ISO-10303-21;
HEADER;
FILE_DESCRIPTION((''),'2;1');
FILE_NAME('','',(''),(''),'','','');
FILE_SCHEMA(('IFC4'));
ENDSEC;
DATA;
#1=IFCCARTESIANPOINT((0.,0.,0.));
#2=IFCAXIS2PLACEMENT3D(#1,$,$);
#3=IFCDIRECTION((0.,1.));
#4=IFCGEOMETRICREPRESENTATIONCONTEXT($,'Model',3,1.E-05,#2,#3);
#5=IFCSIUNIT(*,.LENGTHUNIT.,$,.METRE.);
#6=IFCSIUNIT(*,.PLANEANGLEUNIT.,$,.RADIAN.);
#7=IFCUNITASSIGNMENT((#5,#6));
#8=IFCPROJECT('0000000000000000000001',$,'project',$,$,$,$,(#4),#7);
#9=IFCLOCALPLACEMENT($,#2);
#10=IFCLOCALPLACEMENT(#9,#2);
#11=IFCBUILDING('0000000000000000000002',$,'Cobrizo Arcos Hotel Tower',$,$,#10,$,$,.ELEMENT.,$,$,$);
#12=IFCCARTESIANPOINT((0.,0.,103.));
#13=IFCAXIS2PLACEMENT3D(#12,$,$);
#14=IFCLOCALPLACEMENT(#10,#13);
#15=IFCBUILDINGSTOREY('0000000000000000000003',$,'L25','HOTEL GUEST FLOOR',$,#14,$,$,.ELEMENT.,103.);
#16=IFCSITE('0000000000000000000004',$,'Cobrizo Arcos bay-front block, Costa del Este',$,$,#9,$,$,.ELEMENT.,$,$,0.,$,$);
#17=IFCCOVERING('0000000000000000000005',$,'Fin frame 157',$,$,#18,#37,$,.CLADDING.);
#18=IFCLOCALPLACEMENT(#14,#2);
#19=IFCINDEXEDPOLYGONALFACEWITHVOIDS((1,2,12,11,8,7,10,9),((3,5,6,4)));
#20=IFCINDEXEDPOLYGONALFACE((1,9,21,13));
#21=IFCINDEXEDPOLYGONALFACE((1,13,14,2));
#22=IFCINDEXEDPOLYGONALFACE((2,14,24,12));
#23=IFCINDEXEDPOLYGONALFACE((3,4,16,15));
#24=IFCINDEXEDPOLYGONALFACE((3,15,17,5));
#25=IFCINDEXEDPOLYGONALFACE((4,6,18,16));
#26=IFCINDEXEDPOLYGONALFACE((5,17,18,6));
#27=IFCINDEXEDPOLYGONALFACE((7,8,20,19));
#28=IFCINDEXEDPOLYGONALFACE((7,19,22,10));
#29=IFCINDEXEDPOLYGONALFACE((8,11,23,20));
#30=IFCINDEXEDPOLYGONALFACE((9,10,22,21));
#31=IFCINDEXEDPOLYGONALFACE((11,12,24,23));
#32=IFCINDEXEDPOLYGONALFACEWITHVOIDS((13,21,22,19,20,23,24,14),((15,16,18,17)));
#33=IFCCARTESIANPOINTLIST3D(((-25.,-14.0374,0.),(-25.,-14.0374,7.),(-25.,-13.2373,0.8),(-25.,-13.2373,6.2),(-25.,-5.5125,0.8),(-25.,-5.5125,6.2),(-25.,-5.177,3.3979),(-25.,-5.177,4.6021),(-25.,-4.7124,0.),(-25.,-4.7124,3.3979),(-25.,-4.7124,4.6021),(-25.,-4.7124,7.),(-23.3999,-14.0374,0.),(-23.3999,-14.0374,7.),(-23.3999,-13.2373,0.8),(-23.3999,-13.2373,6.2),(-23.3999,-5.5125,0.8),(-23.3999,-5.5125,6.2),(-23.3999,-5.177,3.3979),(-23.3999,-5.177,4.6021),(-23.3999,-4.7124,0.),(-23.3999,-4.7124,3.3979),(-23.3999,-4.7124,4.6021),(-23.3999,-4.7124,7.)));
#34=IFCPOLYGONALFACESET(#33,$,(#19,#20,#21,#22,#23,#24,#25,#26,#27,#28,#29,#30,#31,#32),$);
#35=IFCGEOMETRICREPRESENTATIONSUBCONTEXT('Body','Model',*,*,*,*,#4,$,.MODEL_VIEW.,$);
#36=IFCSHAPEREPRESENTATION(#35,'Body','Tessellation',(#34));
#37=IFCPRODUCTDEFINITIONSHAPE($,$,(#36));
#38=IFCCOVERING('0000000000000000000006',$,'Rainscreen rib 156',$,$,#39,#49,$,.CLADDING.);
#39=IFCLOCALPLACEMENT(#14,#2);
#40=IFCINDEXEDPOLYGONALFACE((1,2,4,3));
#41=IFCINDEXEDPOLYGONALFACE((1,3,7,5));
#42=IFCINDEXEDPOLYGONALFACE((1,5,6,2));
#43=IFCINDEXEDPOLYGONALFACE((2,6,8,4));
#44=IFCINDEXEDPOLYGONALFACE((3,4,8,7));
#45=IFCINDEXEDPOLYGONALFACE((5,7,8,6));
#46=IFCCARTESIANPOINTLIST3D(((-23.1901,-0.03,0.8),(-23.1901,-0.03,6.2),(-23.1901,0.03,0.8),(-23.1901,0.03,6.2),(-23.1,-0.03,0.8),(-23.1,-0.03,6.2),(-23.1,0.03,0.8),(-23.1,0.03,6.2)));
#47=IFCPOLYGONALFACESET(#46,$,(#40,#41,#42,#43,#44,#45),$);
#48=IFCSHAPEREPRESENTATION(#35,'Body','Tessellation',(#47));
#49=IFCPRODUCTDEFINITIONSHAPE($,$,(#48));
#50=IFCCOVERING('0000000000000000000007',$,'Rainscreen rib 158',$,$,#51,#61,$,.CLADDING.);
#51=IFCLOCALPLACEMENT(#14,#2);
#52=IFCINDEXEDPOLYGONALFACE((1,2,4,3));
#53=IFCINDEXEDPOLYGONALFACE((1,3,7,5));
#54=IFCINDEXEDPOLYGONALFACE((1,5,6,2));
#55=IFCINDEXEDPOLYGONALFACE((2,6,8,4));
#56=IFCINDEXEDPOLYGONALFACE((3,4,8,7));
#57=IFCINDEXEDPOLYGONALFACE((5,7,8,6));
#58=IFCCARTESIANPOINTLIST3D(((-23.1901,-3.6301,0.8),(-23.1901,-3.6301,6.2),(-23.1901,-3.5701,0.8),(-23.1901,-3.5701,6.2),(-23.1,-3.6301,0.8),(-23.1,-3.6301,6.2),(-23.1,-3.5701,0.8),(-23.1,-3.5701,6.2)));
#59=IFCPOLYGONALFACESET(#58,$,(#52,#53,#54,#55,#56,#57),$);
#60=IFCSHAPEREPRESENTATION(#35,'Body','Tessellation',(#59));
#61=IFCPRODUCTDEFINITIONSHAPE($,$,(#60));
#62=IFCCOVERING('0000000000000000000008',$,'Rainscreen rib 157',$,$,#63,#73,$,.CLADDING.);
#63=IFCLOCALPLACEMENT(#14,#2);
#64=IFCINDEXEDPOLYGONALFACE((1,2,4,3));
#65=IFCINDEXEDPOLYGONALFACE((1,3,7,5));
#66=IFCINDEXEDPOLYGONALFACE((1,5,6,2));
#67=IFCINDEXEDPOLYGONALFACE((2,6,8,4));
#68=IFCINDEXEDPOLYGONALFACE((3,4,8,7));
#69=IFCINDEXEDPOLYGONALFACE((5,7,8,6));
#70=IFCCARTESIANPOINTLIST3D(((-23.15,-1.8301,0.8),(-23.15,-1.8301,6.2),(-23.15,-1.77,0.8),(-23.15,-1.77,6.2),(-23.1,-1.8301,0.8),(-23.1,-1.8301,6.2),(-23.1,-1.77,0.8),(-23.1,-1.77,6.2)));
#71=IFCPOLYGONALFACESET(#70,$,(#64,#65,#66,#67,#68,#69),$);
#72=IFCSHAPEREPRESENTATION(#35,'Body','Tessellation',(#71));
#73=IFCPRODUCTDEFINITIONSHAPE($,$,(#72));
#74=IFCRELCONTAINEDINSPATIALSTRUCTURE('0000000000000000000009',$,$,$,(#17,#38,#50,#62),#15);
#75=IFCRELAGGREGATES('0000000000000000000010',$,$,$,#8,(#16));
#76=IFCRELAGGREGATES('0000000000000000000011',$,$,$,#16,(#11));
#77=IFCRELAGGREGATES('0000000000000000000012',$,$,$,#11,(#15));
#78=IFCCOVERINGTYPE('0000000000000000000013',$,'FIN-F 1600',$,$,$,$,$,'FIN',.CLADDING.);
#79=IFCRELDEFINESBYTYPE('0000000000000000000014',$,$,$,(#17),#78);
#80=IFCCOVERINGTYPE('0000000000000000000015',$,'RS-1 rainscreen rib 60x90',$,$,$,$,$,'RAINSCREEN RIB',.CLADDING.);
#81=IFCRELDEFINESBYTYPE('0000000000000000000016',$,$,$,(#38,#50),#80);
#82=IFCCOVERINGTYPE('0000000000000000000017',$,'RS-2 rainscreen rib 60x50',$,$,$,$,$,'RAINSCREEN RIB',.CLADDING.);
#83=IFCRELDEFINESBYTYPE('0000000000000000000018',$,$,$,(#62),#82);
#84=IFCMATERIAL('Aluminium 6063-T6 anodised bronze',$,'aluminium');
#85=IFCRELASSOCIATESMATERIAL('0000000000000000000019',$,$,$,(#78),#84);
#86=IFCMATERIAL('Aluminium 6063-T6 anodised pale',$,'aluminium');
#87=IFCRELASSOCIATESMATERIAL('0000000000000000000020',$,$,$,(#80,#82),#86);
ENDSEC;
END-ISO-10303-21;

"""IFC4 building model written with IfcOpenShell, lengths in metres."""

from ifc_helpers import new_model, si_unit, direction, frame, origin, origin_2d, place, context, subcontext, project, spatial, polyline, rectangle, outline, extrude, material, type_object, element, save


model = new_model("IFC4")

# Units and contexts
model_context = context("Model", 3, precision=1e-05, world=origin(), true_north=direction((0.0, 1.0)))
body_context = subcontext(model_context, "Body", "Model", "MODEL_VIEW")
ifc_project = project(units=[si_unit("LENGTHUNIT", "METRE"), si_unit("PLANEANGLEUNIT", "RADIAN")], contexts=[model_context])

# Site, building, storey
site_placement = place(None, origin())
site = spatial("IfcSite", under=ifc_project, at=site_placement, Name="Cobrizo Arcos bay-front block, Costa del Este", CompositionType="ELEMENT", RefElevation=0.0)
building_placement = place(site_placement, origin())
building = spatial("IfcBuilding", under=site, at=building_placement, Name="Cobrizo Arcos Hotel Tower", CompositionType="ELEMENT")
storey_placement = place(building_placement, frame((0.0, 0.0, 103.0)))
storey = spatial("IfcBuildingStorey", under=building, at=storey_placement, Name="L25", Description="HOTEL GUEST FLOOR", CompositionType="ELEMENT", Elevation=103.0)

# Shared definitions
ifc_material_1 = material(Name="Aluminium 6063-T6 anodised bronze", Category="aluminium")

# Coverings
covering_type_1 = type_object("IfcCoveringType", Name="FIN-F 1600", ElementType="FIN", PredefinedType="CLADDING", material=ifc_material_1)
covering_1_placement = place(storey_placement, frame((-23.3999, -4.7124, 0.0), z_axis=(-1.0, 0.0, 0.0), x_axis=(0.0, -1.0, 0.0)))
element("IfcCovering", 1, at=covering_1_placement, inside=storey, type_object=covering_type_1, Name="Fin frame 157", PredefinedType="CLADDING", context=body_context, shape_type="SweptSolid", body=[
    extrude(outline(polyline([(0.0, 7.0), (0.0, 4.6021), (0.4646, 4.6021), (0.4646, 3.3979), (0.0, 3.3979), (0.0, 0.0), (9.325, 0.0), (9.325, 7.0), (0.0, 7.0)]), holes=[polyline([(8.5249, 0.8), (0.8, 0.8), (0.8, 6.2), (8.5249, 6.2), (8.5249, 0.8)])]), origin(), (0.0, 0.0, 1.0), 1.6001),
])
ifc_material_2 = material(Name="Aluminium 6063-T6 anodised pale", Category="aluminium")
covering_type_2 = type_object("IfcCoveringType", Name="RS-1 rainscreen rib 60x90", ElementType="RAINSCREEN RIB", PredefinedType="CLADDING", material=ifc_material_2)
for number, where, z_axis, x_axis, name in (
    (2, (-23.145, 0.0, 0.8), (0.0, 0.0, 1.0), (0.0, -1.0, 0.0), "Rainscreen rib 156"),
    (3, (-23.145, -3.6001, 0.8), (0.0, 0.0, 1.0), (0.0, -1.0, 0.0), "Rainscreen rib 158"),
):
    element("IfcCovering", number, at=place(storey_placement, frame(where, z_axis=z_axis, x_axis=x_axis)), inside=storey, type_object=covering_type_2, Name=name, PredefinedType="CLADDING", context=body_context, shape_type="SweptSolid", body=[
        extrude(rectangle(XDim=0.0601, YDim=0.0901, at=origin_2d()), origin(), (0.0, 0.0, 1.0), 5.3999),
    ])
covering_type_3 = type_object("IfcCoveringType", Name="RS-2 rainscreen rib 60x50", ElementType="RAINSCREEN RIB", PredefinedType="CLADDING", material=ifc_material_2)
covering_2_placement = place(storey_placement, frame((-23.125, -1.8, 0.8), z_axis=(0.0, 0.0, 1.0), x_axis=(0.0, -1.0, 0.0)))
element("IfcCovering", 4, at=covering_2_placement, inside=storey, type_object=covering_type_3, Name="Rainscreen rib 157", PredefinedType="CLADDING", context=body_context, shape_type="SweptSolid", body=[
    extrude(rectangle(XDim=0.0601, YDim=0.05, at=origin_2d()), origin(), (0.0, 0.0, 1.0), 5.3999),
])

save(model, "model.ifc")
